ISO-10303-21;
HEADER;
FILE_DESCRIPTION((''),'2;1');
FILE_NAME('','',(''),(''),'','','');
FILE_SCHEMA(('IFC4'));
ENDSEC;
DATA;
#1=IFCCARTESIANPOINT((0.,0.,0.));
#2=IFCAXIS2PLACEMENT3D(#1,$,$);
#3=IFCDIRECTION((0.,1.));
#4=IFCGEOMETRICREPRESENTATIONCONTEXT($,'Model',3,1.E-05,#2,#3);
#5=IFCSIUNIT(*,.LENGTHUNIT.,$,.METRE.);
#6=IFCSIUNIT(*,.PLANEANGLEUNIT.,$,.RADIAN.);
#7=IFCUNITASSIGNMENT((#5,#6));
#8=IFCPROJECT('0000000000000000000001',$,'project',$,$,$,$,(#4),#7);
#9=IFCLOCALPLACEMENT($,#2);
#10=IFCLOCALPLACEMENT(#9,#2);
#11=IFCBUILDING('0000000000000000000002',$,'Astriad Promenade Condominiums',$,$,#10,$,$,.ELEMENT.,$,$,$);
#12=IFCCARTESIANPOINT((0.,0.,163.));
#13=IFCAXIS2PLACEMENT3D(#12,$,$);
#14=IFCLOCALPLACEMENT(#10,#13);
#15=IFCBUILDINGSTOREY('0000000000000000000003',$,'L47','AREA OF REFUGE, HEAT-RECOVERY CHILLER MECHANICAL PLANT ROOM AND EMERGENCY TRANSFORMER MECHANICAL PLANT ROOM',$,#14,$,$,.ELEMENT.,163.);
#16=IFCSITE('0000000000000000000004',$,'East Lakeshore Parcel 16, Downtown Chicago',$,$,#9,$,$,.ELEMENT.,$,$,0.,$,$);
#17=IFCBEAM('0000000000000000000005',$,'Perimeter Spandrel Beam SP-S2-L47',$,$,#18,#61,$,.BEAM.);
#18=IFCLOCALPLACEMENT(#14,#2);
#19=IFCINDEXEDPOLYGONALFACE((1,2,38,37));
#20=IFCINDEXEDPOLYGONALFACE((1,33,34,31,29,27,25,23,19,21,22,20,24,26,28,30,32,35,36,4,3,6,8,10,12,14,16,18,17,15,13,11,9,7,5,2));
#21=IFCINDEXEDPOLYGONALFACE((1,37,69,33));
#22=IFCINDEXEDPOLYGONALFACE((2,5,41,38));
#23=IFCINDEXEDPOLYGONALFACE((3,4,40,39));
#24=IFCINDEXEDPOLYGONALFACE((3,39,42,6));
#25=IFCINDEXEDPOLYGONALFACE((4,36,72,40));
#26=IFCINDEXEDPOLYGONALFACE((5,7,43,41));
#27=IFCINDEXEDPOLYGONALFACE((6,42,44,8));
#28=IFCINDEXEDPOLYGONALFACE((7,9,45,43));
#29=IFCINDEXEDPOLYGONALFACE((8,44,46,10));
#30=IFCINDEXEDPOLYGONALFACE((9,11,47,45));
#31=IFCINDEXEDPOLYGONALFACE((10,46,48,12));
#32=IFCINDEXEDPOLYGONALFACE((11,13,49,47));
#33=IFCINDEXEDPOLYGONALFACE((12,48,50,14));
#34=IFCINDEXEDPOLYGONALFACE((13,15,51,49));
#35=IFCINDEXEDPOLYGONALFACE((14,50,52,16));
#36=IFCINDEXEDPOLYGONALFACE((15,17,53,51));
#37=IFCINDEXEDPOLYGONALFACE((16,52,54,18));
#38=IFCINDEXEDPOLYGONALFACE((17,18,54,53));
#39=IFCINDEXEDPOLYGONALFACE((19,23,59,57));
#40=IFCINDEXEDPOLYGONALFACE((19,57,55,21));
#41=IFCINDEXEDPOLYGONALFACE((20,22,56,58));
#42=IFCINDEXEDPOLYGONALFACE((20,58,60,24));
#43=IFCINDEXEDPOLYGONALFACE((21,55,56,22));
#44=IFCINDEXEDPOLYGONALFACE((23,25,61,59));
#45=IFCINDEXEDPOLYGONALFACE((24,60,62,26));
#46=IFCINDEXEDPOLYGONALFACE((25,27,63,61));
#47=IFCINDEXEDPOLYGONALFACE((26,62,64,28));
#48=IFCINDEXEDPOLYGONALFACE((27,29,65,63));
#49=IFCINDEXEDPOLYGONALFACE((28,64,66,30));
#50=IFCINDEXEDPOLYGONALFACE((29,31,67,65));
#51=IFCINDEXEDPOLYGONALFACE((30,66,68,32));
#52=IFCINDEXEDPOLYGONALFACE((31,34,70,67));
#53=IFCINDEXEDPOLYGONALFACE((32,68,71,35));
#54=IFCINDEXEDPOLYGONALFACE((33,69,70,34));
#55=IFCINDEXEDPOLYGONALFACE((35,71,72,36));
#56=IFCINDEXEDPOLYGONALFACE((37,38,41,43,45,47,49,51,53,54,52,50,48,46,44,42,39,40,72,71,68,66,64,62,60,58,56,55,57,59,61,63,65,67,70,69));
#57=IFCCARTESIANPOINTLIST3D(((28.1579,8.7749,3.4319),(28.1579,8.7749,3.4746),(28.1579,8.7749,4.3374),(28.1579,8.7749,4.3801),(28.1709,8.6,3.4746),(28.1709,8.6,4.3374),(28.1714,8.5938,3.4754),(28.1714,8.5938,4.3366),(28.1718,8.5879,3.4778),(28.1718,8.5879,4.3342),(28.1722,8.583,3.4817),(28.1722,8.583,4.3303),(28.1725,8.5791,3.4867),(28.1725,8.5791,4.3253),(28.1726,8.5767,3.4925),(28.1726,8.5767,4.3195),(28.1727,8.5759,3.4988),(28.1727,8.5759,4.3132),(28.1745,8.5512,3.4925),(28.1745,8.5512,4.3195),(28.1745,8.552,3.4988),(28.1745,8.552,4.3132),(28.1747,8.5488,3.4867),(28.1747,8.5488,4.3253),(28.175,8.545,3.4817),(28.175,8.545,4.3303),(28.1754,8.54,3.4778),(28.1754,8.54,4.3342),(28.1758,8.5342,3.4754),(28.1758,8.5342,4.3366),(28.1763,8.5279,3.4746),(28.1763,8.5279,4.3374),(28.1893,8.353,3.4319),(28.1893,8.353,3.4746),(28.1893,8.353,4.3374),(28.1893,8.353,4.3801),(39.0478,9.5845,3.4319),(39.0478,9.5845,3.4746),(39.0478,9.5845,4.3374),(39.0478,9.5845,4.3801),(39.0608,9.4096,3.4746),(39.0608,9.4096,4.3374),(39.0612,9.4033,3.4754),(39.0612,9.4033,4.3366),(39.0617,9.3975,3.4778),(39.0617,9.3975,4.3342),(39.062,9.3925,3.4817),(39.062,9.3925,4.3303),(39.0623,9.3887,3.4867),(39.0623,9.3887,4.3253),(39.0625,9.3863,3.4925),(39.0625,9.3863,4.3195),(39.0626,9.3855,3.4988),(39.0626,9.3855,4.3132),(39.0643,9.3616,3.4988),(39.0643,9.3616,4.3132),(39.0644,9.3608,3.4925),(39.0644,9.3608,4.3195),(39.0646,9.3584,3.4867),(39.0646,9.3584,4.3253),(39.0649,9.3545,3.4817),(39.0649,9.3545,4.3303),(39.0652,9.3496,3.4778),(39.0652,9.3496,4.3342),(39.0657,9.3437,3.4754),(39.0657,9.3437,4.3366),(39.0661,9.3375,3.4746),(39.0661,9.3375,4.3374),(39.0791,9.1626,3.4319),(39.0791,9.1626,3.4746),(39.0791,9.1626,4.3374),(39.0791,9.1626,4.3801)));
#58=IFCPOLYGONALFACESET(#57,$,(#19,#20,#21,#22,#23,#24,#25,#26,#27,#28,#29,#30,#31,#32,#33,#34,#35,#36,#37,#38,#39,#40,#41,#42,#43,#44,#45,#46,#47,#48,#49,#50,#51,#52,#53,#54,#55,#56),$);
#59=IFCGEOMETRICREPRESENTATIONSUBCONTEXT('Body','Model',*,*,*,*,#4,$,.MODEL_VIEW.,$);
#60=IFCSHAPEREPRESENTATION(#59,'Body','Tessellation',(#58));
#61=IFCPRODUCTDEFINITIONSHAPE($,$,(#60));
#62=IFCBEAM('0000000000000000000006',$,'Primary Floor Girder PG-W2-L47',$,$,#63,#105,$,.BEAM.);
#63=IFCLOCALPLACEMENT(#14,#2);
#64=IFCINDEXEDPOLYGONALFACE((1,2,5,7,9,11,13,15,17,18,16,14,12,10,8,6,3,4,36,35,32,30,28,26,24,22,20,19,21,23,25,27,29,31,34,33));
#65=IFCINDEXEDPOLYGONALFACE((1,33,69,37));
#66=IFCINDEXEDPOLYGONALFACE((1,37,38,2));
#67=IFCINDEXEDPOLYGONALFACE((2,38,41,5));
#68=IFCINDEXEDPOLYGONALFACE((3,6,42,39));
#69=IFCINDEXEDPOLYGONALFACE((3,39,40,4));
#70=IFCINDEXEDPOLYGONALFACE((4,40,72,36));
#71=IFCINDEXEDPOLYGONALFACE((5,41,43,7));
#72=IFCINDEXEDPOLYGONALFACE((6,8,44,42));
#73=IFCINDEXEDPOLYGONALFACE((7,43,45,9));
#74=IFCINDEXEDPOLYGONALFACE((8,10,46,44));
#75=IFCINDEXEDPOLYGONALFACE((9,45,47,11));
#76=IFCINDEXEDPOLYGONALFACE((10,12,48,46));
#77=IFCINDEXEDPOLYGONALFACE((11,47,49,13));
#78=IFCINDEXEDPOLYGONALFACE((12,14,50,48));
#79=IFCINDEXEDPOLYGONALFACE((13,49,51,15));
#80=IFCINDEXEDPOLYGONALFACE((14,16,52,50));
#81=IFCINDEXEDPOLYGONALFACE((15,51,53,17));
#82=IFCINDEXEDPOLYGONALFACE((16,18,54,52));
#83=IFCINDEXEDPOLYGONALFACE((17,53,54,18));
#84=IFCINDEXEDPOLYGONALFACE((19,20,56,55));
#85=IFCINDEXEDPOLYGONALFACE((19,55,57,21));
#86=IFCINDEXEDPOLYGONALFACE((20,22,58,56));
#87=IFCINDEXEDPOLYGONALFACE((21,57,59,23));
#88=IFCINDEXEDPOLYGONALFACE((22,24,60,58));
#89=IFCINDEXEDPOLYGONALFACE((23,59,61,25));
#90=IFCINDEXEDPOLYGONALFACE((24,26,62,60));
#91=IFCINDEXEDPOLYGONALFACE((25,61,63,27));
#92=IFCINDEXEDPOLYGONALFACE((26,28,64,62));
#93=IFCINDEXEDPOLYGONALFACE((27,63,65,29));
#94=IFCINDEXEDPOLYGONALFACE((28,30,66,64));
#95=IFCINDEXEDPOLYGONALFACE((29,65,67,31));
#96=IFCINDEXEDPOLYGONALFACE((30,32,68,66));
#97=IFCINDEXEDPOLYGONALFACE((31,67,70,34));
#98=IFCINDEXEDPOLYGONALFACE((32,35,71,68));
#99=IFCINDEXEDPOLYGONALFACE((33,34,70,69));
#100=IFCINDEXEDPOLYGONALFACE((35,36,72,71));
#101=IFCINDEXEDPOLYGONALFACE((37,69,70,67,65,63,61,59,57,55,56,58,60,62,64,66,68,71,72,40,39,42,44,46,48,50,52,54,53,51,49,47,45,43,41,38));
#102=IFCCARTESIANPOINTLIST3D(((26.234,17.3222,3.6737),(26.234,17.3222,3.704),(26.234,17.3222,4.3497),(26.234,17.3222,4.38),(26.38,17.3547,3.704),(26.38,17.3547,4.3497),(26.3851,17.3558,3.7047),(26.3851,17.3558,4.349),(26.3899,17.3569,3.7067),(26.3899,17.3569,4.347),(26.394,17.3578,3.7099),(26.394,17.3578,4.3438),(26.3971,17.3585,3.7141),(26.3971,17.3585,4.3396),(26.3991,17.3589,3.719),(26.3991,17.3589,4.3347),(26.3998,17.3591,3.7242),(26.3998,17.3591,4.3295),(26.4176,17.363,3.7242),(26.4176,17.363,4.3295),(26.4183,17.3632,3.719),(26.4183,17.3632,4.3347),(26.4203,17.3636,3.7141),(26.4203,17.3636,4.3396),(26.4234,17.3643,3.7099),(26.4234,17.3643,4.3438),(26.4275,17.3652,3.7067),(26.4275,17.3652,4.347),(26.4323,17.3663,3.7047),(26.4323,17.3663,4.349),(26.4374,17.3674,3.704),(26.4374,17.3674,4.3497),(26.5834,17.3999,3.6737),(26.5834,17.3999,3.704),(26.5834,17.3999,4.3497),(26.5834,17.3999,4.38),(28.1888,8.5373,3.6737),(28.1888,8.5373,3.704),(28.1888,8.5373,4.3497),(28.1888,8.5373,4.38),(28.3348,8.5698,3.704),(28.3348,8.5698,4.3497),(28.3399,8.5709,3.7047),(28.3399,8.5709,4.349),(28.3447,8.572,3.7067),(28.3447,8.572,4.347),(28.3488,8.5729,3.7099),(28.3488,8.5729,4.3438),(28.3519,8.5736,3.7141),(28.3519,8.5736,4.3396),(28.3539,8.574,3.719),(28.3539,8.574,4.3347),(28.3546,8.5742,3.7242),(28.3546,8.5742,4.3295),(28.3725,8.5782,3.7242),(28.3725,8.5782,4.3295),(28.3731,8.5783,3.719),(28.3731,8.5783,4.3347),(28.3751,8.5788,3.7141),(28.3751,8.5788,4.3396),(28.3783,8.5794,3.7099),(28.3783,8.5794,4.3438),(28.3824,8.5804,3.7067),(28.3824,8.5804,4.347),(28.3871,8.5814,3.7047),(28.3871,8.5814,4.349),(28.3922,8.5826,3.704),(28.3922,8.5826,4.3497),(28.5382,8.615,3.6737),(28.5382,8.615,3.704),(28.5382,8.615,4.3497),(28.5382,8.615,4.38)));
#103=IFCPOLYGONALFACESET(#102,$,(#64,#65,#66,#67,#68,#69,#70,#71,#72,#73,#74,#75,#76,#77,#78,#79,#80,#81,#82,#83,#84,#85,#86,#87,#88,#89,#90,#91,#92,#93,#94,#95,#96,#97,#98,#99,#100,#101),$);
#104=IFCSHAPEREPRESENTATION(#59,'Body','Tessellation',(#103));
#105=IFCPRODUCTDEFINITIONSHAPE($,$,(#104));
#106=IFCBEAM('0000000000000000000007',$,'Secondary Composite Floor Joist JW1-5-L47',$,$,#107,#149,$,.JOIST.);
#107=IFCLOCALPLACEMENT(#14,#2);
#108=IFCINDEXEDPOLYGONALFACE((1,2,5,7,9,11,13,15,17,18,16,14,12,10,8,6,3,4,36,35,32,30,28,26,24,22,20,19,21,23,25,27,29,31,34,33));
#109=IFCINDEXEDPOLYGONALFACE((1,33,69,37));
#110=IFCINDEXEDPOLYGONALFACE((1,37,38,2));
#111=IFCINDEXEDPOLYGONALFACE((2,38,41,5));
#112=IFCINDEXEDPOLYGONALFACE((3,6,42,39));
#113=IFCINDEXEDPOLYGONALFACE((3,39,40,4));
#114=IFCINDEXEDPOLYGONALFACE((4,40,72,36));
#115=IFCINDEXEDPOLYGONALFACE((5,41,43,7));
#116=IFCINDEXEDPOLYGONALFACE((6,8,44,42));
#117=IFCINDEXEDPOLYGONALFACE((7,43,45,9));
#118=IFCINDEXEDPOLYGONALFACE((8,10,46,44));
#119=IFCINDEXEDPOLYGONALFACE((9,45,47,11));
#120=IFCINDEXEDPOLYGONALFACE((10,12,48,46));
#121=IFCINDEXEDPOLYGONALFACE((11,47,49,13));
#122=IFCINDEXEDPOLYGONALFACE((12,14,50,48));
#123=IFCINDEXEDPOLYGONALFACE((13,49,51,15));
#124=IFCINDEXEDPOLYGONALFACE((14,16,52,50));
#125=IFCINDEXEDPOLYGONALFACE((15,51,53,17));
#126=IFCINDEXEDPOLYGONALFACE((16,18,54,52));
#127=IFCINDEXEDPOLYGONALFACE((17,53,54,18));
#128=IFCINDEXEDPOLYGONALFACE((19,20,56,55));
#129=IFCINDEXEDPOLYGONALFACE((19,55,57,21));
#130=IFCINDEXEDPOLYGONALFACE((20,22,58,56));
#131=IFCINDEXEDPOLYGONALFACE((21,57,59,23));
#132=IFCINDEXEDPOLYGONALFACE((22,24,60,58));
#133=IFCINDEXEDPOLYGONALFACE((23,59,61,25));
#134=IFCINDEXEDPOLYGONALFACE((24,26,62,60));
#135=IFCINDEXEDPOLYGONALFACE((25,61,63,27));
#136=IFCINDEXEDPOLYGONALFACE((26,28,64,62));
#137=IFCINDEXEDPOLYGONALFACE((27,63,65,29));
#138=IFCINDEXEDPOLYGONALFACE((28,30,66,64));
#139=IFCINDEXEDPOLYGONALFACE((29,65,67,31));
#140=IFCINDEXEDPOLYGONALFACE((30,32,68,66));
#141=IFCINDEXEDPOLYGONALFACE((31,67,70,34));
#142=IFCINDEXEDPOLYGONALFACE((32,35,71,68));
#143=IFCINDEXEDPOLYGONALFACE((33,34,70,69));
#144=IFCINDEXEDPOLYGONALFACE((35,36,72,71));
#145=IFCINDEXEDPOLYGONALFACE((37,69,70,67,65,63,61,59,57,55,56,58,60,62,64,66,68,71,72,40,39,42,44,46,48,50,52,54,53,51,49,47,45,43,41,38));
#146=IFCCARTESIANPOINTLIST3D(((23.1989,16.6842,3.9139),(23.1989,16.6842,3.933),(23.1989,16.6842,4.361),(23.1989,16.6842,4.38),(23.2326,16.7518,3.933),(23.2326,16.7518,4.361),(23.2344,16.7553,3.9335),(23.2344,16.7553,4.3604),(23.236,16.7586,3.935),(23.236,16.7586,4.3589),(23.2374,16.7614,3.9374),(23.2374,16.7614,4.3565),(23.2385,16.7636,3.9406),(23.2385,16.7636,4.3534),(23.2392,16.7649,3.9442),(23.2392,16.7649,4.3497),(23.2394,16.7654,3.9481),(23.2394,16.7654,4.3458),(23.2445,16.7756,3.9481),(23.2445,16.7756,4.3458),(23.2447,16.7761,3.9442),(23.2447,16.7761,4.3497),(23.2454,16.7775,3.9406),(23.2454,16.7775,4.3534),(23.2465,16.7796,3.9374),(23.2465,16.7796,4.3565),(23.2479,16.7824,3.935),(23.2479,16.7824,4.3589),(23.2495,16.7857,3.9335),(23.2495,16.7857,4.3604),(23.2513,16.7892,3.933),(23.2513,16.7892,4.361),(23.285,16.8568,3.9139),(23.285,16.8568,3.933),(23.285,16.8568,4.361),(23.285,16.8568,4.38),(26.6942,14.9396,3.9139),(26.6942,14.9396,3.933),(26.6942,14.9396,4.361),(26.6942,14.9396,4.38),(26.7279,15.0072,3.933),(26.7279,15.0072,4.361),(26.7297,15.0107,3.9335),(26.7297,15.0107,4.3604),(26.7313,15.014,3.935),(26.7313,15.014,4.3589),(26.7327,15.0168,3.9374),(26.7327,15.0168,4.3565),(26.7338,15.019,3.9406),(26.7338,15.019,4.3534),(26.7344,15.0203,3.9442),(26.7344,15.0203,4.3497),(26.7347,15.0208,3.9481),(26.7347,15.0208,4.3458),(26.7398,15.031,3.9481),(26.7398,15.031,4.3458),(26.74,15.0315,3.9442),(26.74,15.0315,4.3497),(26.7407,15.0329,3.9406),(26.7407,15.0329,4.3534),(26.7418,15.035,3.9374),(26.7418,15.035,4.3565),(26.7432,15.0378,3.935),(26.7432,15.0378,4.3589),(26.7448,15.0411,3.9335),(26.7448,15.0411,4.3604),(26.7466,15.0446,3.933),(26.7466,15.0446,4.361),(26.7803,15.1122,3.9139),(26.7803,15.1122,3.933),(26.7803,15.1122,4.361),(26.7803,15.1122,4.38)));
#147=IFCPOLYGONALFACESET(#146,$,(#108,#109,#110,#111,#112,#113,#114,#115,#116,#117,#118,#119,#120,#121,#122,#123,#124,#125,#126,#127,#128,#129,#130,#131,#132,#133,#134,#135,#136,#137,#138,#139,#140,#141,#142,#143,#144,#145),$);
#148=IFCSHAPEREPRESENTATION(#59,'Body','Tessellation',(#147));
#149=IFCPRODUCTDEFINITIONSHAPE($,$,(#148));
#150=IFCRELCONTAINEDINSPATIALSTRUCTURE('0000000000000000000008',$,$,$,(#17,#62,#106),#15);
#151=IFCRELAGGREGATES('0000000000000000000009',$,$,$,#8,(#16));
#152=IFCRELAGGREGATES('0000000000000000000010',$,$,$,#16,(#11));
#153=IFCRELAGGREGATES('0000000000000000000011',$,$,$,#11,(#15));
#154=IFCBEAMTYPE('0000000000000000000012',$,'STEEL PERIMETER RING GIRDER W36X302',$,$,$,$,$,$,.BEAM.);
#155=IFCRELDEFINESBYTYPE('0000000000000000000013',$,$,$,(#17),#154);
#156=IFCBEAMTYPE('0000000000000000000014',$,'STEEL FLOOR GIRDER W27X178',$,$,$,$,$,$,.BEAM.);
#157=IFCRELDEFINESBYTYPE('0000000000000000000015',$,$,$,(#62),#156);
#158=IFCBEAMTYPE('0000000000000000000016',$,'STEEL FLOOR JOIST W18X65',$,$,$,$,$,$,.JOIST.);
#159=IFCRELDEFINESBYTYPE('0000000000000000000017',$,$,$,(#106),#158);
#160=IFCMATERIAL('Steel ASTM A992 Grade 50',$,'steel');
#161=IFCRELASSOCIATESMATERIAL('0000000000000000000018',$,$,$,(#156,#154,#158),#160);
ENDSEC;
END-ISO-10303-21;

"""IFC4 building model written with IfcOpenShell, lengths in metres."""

from ifc_helpers import new_model, si_unit, direction, frame, origin, origin_2d, place, context, subcontext, project, spatial, i_section, extrude, source, transform, mapped, material, material_profile, profile_set, type_object, type_shapes, element, save


model = new_model("IFC4")

# Units and contexts
model_context = context("Model", 3, precision=1e-05, world=origin(), true_north=direction((0.0, 1.0)))
body_context = subcontext(model_context, "Body", "Model", "MODEL_VIEW")
ifc_project = project(units=[si_unit("LENGTHUNIT", "METRE"), si_unit("PLANEANGLEUNIT", "RADIAN")], contexts=[model_context])

# Site, building, storey
site_placement = place(None, origin())
site = spatial("IfcSite", under=ifc_project, at=site_placement, Name="East Lakeshore Parcel 16, Downtown Chicago", CompositionType="ELEMENT", RefElevation=0.0)
building_placement = place(site_placement, origin())
building = spatial("IfcBuilding", under=site, at=building_placement, Name="Astriad Promenade Condominiums", CompositionType="ELEMENT")
storey_placement = place(building_placement, frame((0.0, 0.0, 163.0)))
storey = spatial("IfcBuildingStorey", under=building, at=storey_placement, Name="L47", Description="AREA OF REFUGE, HEAT-RECOVERY CHILLER MECHANICAL PLANT ROOM AND EMERGENCY TRANSFORMER MECHANICAL PLANT ROOM", CompositionType="ELEMENT", Elevation=163.0)

# Shared definitions
ifc_material_1 = material(Name="Steel ASTM A992 Grade 50", Category="steel")

# Beams
ifc_material_profile_1 = material_profile(ifc_material_1, i_section(OverallWidth=0.3579, OverallDepth=0.7063, WebThickness=0.0183, FlangeThickness=0.0303, FilletRadius=0.0203, at=origin_2d()), Name="W27X178")
ifc_profile_set_1 = profile_set([ifc_material_profile_1], Name="Steel ASTM A992 Grade 50")
beam_type_1 = type_object("IfcBeamType", Name="STEEL FLOOR GIRDER W27X178", PredefinedType="BEAM", material=ifc_profile_set_1)
ifc_material_profile_2 = material_profile(ifc_material_1, i_section(OverallWidth=0.4231, OverallDepth=0.9482, WebThickness=0.0239, FlangeThickness=0.0427, FilletRadius=0.0242, at=origin_2d()), Name="W36X302")
ifc_profile_set_2 = profile_set([ifc_material_profile_2], Name="Steel ASTM A992 Grade 50")
beam_type_2 = type_object("IfcBeamType", Name="STEEL PERIMETER RING GIRDER W36X302", PredefinedType="BEAM", material=ifc_profile_set_2)
shared_shape_1 = source(origin(), body_context, "Body", "SweptSolid", [
    extrude(i_section(OverallWidth=0.4231, OverallDepth=0.9482, WebThickness=0.0239, FlangeThickness=0.0427, FilletRadius=0.0242, at=origin_2d()), origin(), (0.0, 0.0, 1.0), 10.9199),
])
type_shapes(beam_type_2, [shared_shape_1])
beam_1_placement = place(storey_placement, frame((28.1736, 8.564, 3.906), z_axis=(0.997248, 0.074137, 0.0), x_axis=(-0.074137, 0.997248, 0.0)))
element("IfcBeam", 1, at=beam_1_placement, inside=storey, type_object=beam_type_2, Name="Perimeter Spandrel Beam SP-S2-L47", PredefinedType="BEAM", context=body_context, shape_type="MappedRepresentation", body=[
    mapped(shared_shape_1, transform((0.0, 0.0, 0.0), scale=1.0)),
])
shared_shape_2 = source(origin(), body_context, "Body", "SweptSolid", [
    extrude(i_section(OverallWidth=0.3579, OverallDepth=0.7063, WebThickness=0.0183, FlangeThickness=0.0303, FilletRadius=0.0203, at=origin_2d()), origin(), (0.0, 0.0, 1.0), 8.9998),
])
beam_2_placement = place(storey_placement, frame((28.3635, 8.5762, 4.0269), z_axis=(-0.217209, 0.976125, 0.0), x_axis=(-0.976125, -0.217209, 0.0)))
element("IfcBeam", 2, at=beam_2_placement, inside=storey, type_object=beam_type_1, Name="Primary Floor Girder PG-W2-L47", PredefinedType="BEAM", context=body_context, shape_type="MappedRepresentation", body=[
    mapped(shared_shape_2, transform((0.0, 0.0, 0.0), scale=1.0)),
])
ifc_material_profile_3 = material_profile(ifc_material_1, i_section(OverallWidth=0.1929, OverallDepth=0.4661, WebThickness=0.0115, FlangeThickness=0.019, FilletRadius=0.0151, at=origin_2d()), Name="W18X65")
ifc_profile_set_3 = profile_set([ifc_material_profile_3], Name="Steel ASTM A992 Grade 50")
beam_type_3 = type_object("IfcBeamType", Name="STEEL FLOOR JOIST W18X65", PredefinedType="JOIST", material=ifc_profile_set_3)
shared_shape_3 = source(origin(), body_context, "Body", "SweptSolid", [
    extrude(i_section(OverallWidth=0.1929, OverallDepth=0.4661, WebThickness=0.0115, FlangeThickness=0.019, FilletRadius=0.0151, at=origin_2d()), origin(), (0.0, 0.0, 1.0), 3.9065),
])
beam_3_placement = place(storey_placement, frame((23.2419, 16.7705, 4.147), z_axis=(0.894739, -0.446589, 0.0), x_axis=(0.446589, 0.894739, 0.0)))
element("IfcBeam", 3, at=beam_3_placement, inside=storey, type_object=beam_type_3, Name="Secondary Composite Floor Joist JW1-5-L47", PredefinedType="JOIST", context=body_context, shape_type="MappedRepresentation", body=[
    mapped(shared_shape_3, transform((0.0, 0.0, 0.0), scale=1.0)),
])

save(model, "model.ifc")
